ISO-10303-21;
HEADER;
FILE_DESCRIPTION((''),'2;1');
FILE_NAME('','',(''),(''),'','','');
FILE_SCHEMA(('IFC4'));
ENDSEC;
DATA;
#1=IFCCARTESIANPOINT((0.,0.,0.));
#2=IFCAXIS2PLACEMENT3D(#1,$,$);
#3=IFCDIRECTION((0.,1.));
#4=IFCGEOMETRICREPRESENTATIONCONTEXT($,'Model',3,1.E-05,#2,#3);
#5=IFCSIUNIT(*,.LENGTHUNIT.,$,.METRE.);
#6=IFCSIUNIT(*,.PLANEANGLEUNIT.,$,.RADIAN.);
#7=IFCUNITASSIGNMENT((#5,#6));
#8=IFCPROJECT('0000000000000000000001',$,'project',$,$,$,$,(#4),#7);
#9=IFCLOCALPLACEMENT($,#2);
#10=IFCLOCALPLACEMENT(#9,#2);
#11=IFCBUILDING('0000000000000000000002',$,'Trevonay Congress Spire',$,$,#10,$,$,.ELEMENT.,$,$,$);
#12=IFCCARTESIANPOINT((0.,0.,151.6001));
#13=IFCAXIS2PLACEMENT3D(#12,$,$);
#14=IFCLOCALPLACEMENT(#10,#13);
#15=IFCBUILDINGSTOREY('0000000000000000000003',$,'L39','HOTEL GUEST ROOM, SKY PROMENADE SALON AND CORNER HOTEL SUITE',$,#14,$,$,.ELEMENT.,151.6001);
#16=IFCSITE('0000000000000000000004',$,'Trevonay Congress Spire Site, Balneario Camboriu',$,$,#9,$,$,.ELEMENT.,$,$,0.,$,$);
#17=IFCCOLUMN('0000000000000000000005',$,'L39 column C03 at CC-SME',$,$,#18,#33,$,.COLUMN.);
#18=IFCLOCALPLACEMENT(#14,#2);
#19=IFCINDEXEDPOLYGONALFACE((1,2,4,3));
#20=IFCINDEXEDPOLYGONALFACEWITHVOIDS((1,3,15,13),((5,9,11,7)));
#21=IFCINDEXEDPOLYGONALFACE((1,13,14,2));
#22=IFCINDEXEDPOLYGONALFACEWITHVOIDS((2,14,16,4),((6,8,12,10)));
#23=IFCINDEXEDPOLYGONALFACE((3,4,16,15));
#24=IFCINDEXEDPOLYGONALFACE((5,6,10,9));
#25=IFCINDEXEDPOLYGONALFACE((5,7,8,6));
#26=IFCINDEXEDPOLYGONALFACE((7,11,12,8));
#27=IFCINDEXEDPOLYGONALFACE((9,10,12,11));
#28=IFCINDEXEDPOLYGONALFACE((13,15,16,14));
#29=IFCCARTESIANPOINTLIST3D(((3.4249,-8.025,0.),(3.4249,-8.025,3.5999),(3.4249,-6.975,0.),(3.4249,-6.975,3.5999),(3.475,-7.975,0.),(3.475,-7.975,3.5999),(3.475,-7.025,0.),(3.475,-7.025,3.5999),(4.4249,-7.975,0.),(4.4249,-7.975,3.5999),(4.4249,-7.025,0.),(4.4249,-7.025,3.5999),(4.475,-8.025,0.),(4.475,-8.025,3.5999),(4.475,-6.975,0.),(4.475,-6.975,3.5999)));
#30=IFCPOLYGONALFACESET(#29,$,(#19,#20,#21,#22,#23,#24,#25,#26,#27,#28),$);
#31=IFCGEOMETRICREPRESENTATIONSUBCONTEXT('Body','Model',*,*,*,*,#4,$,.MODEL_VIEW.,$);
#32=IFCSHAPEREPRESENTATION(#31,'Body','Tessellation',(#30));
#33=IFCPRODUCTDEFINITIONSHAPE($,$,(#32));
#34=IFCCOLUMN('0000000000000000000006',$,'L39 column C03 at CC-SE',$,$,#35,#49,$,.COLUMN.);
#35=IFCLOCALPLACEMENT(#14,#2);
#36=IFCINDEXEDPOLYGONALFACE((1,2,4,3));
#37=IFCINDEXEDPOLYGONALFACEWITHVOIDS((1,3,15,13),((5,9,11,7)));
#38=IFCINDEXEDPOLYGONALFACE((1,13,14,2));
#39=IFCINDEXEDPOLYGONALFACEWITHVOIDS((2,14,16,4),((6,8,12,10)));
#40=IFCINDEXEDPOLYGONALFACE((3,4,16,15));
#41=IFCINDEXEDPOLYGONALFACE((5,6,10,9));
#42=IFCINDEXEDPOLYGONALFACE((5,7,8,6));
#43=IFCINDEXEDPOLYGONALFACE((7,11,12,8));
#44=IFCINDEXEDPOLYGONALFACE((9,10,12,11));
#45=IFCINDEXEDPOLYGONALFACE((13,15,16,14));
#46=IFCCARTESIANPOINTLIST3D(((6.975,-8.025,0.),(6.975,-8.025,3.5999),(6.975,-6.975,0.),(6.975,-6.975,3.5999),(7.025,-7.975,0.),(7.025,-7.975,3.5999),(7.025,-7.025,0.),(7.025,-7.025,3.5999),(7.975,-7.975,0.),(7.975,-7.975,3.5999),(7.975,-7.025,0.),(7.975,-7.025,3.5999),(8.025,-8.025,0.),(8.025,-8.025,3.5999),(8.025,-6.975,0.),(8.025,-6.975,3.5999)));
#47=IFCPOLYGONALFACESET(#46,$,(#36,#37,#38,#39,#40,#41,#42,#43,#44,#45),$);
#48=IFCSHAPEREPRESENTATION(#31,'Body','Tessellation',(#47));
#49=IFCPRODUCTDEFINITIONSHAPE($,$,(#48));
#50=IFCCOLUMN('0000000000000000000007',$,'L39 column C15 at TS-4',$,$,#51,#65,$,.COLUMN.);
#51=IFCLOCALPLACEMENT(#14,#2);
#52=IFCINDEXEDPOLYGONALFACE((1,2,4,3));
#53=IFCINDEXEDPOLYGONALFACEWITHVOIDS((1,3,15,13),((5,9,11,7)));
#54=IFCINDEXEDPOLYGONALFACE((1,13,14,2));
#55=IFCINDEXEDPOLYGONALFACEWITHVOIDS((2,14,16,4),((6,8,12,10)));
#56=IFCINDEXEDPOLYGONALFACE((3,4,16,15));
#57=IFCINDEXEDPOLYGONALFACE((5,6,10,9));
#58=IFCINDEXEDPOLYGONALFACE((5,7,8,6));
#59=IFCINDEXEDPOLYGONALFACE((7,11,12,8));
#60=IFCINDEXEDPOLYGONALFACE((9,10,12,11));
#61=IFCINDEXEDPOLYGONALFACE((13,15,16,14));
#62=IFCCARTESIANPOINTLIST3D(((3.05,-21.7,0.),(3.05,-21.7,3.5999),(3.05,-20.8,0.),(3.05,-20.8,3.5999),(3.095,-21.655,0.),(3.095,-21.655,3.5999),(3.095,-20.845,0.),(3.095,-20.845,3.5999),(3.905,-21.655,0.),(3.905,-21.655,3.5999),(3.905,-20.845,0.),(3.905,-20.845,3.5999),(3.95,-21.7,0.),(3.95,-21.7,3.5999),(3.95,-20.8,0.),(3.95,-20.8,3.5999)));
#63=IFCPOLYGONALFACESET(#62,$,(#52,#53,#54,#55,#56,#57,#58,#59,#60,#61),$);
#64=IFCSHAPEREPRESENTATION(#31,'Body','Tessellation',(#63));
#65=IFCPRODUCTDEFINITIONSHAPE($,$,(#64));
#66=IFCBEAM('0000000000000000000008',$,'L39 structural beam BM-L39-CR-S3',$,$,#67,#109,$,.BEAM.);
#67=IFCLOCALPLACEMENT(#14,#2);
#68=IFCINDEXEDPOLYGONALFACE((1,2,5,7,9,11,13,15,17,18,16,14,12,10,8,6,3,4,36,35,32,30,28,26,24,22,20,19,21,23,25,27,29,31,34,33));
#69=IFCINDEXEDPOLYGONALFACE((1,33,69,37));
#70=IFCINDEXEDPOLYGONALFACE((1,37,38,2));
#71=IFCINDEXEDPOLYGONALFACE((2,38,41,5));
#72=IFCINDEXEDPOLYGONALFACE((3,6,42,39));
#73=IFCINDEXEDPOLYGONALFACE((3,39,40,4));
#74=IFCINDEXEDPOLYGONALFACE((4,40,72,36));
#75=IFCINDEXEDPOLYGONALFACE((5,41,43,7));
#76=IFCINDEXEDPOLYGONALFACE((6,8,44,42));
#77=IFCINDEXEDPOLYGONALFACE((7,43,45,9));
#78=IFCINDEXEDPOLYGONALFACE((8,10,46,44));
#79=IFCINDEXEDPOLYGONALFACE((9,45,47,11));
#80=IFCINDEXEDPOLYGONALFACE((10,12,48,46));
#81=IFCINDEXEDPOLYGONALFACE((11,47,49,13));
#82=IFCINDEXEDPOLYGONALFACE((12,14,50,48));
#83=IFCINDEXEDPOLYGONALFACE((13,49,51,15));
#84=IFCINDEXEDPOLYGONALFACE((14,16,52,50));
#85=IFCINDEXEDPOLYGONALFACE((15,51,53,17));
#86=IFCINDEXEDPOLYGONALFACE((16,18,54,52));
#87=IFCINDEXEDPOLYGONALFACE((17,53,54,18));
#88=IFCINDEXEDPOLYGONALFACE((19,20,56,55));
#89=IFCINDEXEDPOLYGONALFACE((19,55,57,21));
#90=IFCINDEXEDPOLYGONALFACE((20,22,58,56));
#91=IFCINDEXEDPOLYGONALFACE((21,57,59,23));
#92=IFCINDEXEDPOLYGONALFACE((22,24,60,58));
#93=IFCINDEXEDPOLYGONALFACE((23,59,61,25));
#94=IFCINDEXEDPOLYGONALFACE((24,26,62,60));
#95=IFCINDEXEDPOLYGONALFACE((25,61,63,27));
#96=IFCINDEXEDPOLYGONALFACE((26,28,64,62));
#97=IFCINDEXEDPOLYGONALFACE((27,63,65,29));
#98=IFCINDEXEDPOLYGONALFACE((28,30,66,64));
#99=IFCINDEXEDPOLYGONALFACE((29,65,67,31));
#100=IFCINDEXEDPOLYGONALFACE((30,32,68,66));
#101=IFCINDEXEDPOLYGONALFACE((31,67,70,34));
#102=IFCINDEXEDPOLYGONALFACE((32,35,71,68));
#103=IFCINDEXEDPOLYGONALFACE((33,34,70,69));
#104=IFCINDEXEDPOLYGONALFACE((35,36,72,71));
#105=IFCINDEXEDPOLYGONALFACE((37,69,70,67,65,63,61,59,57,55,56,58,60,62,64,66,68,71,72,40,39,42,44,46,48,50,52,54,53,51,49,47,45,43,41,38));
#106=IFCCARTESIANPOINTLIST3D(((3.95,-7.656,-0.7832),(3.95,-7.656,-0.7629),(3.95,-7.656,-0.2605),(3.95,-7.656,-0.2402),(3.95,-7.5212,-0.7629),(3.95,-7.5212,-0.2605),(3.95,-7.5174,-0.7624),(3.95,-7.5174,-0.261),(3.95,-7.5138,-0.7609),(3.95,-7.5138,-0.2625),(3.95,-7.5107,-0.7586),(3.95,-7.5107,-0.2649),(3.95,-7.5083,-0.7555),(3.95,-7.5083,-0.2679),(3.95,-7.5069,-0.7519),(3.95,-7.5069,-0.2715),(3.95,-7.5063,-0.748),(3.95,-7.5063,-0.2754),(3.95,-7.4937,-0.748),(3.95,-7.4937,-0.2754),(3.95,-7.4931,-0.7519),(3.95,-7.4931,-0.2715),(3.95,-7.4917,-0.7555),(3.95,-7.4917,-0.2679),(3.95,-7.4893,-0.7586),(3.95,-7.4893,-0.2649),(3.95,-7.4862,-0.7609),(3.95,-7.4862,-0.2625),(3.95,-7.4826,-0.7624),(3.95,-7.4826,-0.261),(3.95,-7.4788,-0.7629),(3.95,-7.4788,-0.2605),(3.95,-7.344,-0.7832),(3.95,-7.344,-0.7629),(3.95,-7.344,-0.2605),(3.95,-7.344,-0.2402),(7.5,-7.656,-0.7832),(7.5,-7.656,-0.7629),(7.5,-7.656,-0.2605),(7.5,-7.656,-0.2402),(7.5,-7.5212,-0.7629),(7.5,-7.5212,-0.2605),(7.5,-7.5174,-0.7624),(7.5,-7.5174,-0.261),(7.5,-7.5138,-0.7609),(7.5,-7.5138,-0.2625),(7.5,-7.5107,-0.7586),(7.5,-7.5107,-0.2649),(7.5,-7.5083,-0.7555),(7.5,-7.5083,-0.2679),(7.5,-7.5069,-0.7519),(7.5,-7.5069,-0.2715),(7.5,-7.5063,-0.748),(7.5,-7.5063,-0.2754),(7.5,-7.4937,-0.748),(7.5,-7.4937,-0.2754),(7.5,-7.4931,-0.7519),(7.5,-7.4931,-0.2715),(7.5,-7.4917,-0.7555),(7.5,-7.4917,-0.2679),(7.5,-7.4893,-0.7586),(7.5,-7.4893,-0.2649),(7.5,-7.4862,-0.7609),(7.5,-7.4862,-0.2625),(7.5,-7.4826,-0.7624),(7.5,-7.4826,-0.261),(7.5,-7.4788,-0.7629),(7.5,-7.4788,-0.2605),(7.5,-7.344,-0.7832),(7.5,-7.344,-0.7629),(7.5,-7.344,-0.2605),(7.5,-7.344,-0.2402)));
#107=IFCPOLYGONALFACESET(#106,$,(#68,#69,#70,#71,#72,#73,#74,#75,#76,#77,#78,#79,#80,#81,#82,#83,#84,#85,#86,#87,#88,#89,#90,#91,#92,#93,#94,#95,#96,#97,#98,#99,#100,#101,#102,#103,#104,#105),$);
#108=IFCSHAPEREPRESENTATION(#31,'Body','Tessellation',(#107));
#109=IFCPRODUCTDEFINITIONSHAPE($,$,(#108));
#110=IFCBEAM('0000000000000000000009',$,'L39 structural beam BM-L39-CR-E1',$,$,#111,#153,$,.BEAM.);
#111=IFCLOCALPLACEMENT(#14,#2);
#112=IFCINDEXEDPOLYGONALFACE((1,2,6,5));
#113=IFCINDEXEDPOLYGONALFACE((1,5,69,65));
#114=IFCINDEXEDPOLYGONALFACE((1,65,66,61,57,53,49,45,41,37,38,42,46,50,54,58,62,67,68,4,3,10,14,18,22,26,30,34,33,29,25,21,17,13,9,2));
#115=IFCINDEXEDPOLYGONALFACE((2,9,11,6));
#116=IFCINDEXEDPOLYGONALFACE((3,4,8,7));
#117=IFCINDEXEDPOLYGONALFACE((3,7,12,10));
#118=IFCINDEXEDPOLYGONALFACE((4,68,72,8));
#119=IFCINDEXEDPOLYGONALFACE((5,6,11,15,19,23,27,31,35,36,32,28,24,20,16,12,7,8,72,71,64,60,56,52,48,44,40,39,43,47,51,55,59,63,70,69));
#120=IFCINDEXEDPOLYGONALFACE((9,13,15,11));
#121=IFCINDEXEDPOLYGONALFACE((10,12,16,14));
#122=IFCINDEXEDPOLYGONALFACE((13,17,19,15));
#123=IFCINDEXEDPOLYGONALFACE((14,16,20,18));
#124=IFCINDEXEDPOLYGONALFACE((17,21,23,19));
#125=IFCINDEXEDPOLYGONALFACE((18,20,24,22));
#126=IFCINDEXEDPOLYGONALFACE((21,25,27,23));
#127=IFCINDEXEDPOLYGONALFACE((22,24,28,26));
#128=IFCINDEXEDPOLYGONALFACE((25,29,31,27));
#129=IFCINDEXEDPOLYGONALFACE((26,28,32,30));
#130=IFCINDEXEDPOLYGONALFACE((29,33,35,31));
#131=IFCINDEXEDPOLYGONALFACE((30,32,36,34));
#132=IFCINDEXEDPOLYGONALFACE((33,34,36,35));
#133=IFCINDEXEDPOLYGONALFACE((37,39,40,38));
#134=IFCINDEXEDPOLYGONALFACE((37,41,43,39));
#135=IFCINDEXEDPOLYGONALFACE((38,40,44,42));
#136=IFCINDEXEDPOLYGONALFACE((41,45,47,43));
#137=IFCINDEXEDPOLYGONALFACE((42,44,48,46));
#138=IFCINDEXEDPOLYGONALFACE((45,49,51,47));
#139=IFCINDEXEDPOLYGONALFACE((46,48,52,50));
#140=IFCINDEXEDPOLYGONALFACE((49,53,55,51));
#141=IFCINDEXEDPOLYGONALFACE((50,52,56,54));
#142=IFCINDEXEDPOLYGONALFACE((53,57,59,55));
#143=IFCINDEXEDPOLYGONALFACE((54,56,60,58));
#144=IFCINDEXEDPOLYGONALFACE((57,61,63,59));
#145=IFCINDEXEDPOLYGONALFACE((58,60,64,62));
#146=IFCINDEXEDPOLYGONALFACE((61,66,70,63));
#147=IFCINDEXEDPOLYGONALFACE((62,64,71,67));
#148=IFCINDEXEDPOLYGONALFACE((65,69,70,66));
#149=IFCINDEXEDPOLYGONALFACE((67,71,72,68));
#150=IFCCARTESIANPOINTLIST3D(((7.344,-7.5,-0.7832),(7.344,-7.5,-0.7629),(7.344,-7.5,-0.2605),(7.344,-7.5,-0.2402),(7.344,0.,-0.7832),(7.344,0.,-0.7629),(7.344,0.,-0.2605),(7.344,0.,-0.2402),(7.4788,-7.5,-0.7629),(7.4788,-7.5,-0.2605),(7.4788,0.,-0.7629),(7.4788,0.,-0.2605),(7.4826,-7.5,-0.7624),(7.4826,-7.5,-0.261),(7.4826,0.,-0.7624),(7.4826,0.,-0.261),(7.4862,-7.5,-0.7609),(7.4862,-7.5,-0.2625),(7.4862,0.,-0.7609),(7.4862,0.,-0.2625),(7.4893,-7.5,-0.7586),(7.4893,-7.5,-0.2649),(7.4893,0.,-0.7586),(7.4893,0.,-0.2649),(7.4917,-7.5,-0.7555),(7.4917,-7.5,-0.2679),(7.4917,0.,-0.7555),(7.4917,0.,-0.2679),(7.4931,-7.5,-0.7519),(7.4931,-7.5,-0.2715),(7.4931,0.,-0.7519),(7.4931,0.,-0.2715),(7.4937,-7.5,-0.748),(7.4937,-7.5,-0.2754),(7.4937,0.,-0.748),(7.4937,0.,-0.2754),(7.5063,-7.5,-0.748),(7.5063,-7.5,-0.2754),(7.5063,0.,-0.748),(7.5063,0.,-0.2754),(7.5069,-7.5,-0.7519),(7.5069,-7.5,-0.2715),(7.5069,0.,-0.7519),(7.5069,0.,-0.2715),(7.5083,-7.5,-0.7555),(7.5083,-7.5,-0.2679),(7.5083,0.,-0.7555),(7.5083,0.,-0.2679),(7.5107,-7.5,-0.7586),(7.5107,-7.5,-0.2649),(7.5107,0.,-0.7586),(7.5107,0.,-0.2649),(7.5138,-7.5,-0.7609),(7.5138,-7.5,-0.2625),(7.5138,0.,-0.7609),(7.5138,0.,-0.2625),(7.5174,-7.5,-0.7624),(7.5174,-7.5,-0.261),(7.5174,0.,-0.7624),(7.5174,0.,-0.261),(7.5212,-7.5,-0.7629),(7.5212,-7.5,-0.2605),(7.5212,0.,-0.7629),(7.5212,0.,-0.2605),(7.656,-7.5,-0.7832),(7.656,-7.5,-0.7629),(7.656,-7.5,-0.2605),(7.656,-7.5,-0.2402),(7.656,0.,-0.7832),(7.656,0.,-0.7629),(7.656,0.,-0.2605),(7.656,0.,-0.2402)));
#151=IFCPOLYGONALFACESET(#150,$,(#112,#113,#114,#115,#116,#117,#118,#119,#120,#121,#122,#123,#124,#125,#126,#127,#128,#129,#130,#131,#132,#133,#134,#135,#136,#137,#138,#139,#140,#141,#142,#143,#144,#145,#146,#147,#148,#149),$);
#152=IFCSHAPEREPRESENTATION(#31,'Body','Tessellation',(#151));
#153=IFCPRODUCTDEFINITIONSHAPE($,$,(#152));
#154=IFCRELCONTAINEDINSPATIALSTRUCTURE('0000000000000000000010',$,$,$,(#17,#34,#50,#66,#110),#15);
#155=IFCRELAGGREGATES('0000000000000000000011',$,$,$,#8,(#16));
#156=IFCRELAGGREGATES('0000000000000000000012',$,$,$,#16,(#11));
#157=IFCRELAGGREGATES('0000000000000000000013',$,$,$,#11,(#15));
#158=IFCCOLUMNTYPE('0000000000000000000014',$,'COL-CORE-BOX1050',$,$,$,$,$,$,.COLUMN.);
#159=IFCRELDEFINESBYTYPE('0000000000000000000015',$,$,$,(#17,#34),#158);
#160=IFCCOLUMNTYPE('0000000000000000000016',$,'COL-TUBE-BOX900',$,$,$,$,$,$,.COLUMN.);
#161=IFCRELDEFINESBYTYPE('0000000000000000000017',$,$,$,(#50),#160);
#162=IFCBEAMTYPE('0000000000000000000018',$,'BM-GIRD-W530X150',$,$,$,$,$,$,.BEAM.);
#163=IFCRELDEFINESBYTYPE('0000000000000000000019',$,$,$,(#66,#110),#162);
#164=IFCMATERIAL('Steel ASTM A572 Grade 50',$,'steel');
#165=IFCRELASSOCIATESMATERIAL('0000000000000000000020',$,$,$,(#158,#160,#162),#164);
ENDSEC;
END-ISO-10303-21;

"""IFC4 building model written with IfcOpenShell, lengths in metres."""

from ifc_helpers import new_model, si_unit, direction, frame, origin, origin_2d, place, context, subcontext, project, spatial, hollow_rectangle, i_section, extrude, material, material_profile, profile_set, type_object, element, save


model = new_model("IFC4")

# Units and contexts
model_context = context("Model", 3, precision=1e-05, world=origin(), true_north=direction((0.0, 1.0)))
body_context = subcontext(model_context, "Body", "Model", "MODEL_VIEW")
ifc_project = project(units=[si_unit("LENGTHUNIT", "METRE"), si_unit("PLANEANGLEUNIT", "RADIAN")], contexts=[model_context])

# Site, building, storey
site_placement = place(None, origin())
site = spatial("IfcSite", under=ifc_project, at=site_placement, Name="Trevonay Congress Spire Site, Balneario Camboriu", CompositionType="ELEMENT", RefElevation=0.0)
building_placement = place(site_placement, origin())
building = spatial("IfcBuilding", under=site, at=building_placement, Name="Trevonay Congress Spire", CompositionType="ELEMENT")
storey_placement = place(building_placement, frame((0.0, 0.0, 151.6001)))
storey = spatial("IfcBuildingStorey", under=building, at=storey_placement, Name="L39", Description="HOTEL GUEST ROOM, SKY PROMENADE SALON AND CORNER HOTEL SUITE", CompositionType="ELEMENT", Elevation=151.6001)

# Columns
ifc_material_1 = material(Name="Steel ASTM A572 Grade 50", Category="steel")
ifc_material_profile_1 = material_profile(ifc_material_1, hollow_rectangle(XDim=1.05, YDim=1.05, WallThickness=0.05, at=origin_2d()), Name="BOX 1050x1050x50")
ifc_profile_set_1 = profile_set([ifc_material_profile_1], Name="Steel ASTM A572 Grade 50")
column_type_1 = type_object("IfcColumnType", Name="COL-CORE-BOX1050", PredefinedType="COLUMN", material=ifc_profile_set_1)
for number, where, z_axis, x_axis, name in (
    (1, (3.95, -7.5, 0.0), (0.0, 0.0, 1.0), (1.0, 0.0, 0.0), "L39 column C03 at CC-SME"),
    (2, (7.5, -7.5, 0.0), (0.0, 0.0, 1.0), (1.0, 0.0, 0.0), "L39 column C03 at CC-SE"),
):
    element("IfcColumn", number, at=place(storey_placement, frame(where, z_axis=z_axis, x_axis=x_axis)), inside=storey, type_object=column_type_1, Name=name, PredefinedType="COLUMN", context=body_context, shape_type="SweptSolid", body=[
        extrude(hollow_rectangle(XDim=1.05, YDim=1.05, WallThickness=0.05, at=origin_2d()), origin(), (0.0, 0.0, 1.0), 3.5999),
    ])
ifc_material_profile_2 = material_profile(ifc_material_1, hollow_rectangle(XDim=0.8999, YDim=0.8999, WallThickness=0.0449, at=origin_2d()), Name="BOX 900x900x45")
ifc_profile_set_2 = profile_set([ifc_material_profile_2], Name="Steel ASTM A572 Grade 50")
column_type_2 = type_object("IfcColumnType", Name="COL-TUBE-BOX900", PredefinedType="COLUMN", material=ifc_profile_set_2)
column_placement = place(storey_placement, frame((3.5, -21.25, 0.0), z_axis=(0.0, 0.0, 1.0), x_axis=(1.0, 0.0, 0.0)))
element("IfcColumn", 3, at=column_placement, inside=storey, type_object=column_type_2, Name="L39 column C15 at TS-4", PredefinedType="COLUMN", context=body_context, shape_type="SweptSolid", body=[
    extrude(hollow_rectangle(XDim=0.8999, YDim=0.8999, WallThickness=0.0449, at=origin_2d()), origin(), (0.0, 0.0, 1.0), 3.5999),
])

# Beams
ifc_material_profile_3 = material_profile(ifc_material_1, i_section(OverallWidth=0.312, OverallDepth=0.543, WebThickness=0.0127, FlangeThickness=0.0203, FilletRadius=0.0149, at=origin_2d()), Name="W530x150")
ifc_profile_set_3 = profile_set([ifc_material_profile_3], Name="Steel ASTM A572 Grade 50")
beam_type_1 = type_object("IfcBeamType", Name="BM-GIRD-W530X150", PredefinedType="BEAM", material=ifc_profile_set_3)
beam_1_placement = place(storey_placement, frame((3.95, -7.5, -0.5117), z_axis=(1.0, 0.0, 0.0), x_axis=(0.0, 1.0, 0.0)))
element("IfcBeam", 4, at=beam_1_placement, inside=storey, type_object=beam_type_1, Name="L39 structural beam BM-L39-CR-S3", PredefinedType="BEAM", context=body_context, shape_type="SweptSolid", body=[
    extrude(i_section(OverallWidth=0.312, OverallDepth=0.543, WebThickness=0.0127, FlangeThickness=0.0203, FilletRadius=0.0149, at=origin_2d()), origin(), (0.0, 0.0, 1.0), 3.55),
])
beam_2_placement = place(storey_placement, frame((7.5, -7.5, -0.5117), z_axis=(0.0, 1.0, 0.0), x_axis=(-1.0, 0.0, 0.0)))
element("IfcBeam", 5, at=beam_2_placement, inside=storey, type_object=beam_type_1, Name="L39 structural beam BM-L39-CR-E1", PredefinedType="BEAM", context=body_context, shape_type="SweptSolid", body=[
    extrude(i_section(OverallWidth=0.312, OverallDepth=0.543, WebThickness=0.0127, FlangeThickness=0.0203, FilletRadius=0.0149, at=origin_2d()), origin(), (0.0, 0.0, 1.0), 7.5),
])

save(model, "model.ifc")
